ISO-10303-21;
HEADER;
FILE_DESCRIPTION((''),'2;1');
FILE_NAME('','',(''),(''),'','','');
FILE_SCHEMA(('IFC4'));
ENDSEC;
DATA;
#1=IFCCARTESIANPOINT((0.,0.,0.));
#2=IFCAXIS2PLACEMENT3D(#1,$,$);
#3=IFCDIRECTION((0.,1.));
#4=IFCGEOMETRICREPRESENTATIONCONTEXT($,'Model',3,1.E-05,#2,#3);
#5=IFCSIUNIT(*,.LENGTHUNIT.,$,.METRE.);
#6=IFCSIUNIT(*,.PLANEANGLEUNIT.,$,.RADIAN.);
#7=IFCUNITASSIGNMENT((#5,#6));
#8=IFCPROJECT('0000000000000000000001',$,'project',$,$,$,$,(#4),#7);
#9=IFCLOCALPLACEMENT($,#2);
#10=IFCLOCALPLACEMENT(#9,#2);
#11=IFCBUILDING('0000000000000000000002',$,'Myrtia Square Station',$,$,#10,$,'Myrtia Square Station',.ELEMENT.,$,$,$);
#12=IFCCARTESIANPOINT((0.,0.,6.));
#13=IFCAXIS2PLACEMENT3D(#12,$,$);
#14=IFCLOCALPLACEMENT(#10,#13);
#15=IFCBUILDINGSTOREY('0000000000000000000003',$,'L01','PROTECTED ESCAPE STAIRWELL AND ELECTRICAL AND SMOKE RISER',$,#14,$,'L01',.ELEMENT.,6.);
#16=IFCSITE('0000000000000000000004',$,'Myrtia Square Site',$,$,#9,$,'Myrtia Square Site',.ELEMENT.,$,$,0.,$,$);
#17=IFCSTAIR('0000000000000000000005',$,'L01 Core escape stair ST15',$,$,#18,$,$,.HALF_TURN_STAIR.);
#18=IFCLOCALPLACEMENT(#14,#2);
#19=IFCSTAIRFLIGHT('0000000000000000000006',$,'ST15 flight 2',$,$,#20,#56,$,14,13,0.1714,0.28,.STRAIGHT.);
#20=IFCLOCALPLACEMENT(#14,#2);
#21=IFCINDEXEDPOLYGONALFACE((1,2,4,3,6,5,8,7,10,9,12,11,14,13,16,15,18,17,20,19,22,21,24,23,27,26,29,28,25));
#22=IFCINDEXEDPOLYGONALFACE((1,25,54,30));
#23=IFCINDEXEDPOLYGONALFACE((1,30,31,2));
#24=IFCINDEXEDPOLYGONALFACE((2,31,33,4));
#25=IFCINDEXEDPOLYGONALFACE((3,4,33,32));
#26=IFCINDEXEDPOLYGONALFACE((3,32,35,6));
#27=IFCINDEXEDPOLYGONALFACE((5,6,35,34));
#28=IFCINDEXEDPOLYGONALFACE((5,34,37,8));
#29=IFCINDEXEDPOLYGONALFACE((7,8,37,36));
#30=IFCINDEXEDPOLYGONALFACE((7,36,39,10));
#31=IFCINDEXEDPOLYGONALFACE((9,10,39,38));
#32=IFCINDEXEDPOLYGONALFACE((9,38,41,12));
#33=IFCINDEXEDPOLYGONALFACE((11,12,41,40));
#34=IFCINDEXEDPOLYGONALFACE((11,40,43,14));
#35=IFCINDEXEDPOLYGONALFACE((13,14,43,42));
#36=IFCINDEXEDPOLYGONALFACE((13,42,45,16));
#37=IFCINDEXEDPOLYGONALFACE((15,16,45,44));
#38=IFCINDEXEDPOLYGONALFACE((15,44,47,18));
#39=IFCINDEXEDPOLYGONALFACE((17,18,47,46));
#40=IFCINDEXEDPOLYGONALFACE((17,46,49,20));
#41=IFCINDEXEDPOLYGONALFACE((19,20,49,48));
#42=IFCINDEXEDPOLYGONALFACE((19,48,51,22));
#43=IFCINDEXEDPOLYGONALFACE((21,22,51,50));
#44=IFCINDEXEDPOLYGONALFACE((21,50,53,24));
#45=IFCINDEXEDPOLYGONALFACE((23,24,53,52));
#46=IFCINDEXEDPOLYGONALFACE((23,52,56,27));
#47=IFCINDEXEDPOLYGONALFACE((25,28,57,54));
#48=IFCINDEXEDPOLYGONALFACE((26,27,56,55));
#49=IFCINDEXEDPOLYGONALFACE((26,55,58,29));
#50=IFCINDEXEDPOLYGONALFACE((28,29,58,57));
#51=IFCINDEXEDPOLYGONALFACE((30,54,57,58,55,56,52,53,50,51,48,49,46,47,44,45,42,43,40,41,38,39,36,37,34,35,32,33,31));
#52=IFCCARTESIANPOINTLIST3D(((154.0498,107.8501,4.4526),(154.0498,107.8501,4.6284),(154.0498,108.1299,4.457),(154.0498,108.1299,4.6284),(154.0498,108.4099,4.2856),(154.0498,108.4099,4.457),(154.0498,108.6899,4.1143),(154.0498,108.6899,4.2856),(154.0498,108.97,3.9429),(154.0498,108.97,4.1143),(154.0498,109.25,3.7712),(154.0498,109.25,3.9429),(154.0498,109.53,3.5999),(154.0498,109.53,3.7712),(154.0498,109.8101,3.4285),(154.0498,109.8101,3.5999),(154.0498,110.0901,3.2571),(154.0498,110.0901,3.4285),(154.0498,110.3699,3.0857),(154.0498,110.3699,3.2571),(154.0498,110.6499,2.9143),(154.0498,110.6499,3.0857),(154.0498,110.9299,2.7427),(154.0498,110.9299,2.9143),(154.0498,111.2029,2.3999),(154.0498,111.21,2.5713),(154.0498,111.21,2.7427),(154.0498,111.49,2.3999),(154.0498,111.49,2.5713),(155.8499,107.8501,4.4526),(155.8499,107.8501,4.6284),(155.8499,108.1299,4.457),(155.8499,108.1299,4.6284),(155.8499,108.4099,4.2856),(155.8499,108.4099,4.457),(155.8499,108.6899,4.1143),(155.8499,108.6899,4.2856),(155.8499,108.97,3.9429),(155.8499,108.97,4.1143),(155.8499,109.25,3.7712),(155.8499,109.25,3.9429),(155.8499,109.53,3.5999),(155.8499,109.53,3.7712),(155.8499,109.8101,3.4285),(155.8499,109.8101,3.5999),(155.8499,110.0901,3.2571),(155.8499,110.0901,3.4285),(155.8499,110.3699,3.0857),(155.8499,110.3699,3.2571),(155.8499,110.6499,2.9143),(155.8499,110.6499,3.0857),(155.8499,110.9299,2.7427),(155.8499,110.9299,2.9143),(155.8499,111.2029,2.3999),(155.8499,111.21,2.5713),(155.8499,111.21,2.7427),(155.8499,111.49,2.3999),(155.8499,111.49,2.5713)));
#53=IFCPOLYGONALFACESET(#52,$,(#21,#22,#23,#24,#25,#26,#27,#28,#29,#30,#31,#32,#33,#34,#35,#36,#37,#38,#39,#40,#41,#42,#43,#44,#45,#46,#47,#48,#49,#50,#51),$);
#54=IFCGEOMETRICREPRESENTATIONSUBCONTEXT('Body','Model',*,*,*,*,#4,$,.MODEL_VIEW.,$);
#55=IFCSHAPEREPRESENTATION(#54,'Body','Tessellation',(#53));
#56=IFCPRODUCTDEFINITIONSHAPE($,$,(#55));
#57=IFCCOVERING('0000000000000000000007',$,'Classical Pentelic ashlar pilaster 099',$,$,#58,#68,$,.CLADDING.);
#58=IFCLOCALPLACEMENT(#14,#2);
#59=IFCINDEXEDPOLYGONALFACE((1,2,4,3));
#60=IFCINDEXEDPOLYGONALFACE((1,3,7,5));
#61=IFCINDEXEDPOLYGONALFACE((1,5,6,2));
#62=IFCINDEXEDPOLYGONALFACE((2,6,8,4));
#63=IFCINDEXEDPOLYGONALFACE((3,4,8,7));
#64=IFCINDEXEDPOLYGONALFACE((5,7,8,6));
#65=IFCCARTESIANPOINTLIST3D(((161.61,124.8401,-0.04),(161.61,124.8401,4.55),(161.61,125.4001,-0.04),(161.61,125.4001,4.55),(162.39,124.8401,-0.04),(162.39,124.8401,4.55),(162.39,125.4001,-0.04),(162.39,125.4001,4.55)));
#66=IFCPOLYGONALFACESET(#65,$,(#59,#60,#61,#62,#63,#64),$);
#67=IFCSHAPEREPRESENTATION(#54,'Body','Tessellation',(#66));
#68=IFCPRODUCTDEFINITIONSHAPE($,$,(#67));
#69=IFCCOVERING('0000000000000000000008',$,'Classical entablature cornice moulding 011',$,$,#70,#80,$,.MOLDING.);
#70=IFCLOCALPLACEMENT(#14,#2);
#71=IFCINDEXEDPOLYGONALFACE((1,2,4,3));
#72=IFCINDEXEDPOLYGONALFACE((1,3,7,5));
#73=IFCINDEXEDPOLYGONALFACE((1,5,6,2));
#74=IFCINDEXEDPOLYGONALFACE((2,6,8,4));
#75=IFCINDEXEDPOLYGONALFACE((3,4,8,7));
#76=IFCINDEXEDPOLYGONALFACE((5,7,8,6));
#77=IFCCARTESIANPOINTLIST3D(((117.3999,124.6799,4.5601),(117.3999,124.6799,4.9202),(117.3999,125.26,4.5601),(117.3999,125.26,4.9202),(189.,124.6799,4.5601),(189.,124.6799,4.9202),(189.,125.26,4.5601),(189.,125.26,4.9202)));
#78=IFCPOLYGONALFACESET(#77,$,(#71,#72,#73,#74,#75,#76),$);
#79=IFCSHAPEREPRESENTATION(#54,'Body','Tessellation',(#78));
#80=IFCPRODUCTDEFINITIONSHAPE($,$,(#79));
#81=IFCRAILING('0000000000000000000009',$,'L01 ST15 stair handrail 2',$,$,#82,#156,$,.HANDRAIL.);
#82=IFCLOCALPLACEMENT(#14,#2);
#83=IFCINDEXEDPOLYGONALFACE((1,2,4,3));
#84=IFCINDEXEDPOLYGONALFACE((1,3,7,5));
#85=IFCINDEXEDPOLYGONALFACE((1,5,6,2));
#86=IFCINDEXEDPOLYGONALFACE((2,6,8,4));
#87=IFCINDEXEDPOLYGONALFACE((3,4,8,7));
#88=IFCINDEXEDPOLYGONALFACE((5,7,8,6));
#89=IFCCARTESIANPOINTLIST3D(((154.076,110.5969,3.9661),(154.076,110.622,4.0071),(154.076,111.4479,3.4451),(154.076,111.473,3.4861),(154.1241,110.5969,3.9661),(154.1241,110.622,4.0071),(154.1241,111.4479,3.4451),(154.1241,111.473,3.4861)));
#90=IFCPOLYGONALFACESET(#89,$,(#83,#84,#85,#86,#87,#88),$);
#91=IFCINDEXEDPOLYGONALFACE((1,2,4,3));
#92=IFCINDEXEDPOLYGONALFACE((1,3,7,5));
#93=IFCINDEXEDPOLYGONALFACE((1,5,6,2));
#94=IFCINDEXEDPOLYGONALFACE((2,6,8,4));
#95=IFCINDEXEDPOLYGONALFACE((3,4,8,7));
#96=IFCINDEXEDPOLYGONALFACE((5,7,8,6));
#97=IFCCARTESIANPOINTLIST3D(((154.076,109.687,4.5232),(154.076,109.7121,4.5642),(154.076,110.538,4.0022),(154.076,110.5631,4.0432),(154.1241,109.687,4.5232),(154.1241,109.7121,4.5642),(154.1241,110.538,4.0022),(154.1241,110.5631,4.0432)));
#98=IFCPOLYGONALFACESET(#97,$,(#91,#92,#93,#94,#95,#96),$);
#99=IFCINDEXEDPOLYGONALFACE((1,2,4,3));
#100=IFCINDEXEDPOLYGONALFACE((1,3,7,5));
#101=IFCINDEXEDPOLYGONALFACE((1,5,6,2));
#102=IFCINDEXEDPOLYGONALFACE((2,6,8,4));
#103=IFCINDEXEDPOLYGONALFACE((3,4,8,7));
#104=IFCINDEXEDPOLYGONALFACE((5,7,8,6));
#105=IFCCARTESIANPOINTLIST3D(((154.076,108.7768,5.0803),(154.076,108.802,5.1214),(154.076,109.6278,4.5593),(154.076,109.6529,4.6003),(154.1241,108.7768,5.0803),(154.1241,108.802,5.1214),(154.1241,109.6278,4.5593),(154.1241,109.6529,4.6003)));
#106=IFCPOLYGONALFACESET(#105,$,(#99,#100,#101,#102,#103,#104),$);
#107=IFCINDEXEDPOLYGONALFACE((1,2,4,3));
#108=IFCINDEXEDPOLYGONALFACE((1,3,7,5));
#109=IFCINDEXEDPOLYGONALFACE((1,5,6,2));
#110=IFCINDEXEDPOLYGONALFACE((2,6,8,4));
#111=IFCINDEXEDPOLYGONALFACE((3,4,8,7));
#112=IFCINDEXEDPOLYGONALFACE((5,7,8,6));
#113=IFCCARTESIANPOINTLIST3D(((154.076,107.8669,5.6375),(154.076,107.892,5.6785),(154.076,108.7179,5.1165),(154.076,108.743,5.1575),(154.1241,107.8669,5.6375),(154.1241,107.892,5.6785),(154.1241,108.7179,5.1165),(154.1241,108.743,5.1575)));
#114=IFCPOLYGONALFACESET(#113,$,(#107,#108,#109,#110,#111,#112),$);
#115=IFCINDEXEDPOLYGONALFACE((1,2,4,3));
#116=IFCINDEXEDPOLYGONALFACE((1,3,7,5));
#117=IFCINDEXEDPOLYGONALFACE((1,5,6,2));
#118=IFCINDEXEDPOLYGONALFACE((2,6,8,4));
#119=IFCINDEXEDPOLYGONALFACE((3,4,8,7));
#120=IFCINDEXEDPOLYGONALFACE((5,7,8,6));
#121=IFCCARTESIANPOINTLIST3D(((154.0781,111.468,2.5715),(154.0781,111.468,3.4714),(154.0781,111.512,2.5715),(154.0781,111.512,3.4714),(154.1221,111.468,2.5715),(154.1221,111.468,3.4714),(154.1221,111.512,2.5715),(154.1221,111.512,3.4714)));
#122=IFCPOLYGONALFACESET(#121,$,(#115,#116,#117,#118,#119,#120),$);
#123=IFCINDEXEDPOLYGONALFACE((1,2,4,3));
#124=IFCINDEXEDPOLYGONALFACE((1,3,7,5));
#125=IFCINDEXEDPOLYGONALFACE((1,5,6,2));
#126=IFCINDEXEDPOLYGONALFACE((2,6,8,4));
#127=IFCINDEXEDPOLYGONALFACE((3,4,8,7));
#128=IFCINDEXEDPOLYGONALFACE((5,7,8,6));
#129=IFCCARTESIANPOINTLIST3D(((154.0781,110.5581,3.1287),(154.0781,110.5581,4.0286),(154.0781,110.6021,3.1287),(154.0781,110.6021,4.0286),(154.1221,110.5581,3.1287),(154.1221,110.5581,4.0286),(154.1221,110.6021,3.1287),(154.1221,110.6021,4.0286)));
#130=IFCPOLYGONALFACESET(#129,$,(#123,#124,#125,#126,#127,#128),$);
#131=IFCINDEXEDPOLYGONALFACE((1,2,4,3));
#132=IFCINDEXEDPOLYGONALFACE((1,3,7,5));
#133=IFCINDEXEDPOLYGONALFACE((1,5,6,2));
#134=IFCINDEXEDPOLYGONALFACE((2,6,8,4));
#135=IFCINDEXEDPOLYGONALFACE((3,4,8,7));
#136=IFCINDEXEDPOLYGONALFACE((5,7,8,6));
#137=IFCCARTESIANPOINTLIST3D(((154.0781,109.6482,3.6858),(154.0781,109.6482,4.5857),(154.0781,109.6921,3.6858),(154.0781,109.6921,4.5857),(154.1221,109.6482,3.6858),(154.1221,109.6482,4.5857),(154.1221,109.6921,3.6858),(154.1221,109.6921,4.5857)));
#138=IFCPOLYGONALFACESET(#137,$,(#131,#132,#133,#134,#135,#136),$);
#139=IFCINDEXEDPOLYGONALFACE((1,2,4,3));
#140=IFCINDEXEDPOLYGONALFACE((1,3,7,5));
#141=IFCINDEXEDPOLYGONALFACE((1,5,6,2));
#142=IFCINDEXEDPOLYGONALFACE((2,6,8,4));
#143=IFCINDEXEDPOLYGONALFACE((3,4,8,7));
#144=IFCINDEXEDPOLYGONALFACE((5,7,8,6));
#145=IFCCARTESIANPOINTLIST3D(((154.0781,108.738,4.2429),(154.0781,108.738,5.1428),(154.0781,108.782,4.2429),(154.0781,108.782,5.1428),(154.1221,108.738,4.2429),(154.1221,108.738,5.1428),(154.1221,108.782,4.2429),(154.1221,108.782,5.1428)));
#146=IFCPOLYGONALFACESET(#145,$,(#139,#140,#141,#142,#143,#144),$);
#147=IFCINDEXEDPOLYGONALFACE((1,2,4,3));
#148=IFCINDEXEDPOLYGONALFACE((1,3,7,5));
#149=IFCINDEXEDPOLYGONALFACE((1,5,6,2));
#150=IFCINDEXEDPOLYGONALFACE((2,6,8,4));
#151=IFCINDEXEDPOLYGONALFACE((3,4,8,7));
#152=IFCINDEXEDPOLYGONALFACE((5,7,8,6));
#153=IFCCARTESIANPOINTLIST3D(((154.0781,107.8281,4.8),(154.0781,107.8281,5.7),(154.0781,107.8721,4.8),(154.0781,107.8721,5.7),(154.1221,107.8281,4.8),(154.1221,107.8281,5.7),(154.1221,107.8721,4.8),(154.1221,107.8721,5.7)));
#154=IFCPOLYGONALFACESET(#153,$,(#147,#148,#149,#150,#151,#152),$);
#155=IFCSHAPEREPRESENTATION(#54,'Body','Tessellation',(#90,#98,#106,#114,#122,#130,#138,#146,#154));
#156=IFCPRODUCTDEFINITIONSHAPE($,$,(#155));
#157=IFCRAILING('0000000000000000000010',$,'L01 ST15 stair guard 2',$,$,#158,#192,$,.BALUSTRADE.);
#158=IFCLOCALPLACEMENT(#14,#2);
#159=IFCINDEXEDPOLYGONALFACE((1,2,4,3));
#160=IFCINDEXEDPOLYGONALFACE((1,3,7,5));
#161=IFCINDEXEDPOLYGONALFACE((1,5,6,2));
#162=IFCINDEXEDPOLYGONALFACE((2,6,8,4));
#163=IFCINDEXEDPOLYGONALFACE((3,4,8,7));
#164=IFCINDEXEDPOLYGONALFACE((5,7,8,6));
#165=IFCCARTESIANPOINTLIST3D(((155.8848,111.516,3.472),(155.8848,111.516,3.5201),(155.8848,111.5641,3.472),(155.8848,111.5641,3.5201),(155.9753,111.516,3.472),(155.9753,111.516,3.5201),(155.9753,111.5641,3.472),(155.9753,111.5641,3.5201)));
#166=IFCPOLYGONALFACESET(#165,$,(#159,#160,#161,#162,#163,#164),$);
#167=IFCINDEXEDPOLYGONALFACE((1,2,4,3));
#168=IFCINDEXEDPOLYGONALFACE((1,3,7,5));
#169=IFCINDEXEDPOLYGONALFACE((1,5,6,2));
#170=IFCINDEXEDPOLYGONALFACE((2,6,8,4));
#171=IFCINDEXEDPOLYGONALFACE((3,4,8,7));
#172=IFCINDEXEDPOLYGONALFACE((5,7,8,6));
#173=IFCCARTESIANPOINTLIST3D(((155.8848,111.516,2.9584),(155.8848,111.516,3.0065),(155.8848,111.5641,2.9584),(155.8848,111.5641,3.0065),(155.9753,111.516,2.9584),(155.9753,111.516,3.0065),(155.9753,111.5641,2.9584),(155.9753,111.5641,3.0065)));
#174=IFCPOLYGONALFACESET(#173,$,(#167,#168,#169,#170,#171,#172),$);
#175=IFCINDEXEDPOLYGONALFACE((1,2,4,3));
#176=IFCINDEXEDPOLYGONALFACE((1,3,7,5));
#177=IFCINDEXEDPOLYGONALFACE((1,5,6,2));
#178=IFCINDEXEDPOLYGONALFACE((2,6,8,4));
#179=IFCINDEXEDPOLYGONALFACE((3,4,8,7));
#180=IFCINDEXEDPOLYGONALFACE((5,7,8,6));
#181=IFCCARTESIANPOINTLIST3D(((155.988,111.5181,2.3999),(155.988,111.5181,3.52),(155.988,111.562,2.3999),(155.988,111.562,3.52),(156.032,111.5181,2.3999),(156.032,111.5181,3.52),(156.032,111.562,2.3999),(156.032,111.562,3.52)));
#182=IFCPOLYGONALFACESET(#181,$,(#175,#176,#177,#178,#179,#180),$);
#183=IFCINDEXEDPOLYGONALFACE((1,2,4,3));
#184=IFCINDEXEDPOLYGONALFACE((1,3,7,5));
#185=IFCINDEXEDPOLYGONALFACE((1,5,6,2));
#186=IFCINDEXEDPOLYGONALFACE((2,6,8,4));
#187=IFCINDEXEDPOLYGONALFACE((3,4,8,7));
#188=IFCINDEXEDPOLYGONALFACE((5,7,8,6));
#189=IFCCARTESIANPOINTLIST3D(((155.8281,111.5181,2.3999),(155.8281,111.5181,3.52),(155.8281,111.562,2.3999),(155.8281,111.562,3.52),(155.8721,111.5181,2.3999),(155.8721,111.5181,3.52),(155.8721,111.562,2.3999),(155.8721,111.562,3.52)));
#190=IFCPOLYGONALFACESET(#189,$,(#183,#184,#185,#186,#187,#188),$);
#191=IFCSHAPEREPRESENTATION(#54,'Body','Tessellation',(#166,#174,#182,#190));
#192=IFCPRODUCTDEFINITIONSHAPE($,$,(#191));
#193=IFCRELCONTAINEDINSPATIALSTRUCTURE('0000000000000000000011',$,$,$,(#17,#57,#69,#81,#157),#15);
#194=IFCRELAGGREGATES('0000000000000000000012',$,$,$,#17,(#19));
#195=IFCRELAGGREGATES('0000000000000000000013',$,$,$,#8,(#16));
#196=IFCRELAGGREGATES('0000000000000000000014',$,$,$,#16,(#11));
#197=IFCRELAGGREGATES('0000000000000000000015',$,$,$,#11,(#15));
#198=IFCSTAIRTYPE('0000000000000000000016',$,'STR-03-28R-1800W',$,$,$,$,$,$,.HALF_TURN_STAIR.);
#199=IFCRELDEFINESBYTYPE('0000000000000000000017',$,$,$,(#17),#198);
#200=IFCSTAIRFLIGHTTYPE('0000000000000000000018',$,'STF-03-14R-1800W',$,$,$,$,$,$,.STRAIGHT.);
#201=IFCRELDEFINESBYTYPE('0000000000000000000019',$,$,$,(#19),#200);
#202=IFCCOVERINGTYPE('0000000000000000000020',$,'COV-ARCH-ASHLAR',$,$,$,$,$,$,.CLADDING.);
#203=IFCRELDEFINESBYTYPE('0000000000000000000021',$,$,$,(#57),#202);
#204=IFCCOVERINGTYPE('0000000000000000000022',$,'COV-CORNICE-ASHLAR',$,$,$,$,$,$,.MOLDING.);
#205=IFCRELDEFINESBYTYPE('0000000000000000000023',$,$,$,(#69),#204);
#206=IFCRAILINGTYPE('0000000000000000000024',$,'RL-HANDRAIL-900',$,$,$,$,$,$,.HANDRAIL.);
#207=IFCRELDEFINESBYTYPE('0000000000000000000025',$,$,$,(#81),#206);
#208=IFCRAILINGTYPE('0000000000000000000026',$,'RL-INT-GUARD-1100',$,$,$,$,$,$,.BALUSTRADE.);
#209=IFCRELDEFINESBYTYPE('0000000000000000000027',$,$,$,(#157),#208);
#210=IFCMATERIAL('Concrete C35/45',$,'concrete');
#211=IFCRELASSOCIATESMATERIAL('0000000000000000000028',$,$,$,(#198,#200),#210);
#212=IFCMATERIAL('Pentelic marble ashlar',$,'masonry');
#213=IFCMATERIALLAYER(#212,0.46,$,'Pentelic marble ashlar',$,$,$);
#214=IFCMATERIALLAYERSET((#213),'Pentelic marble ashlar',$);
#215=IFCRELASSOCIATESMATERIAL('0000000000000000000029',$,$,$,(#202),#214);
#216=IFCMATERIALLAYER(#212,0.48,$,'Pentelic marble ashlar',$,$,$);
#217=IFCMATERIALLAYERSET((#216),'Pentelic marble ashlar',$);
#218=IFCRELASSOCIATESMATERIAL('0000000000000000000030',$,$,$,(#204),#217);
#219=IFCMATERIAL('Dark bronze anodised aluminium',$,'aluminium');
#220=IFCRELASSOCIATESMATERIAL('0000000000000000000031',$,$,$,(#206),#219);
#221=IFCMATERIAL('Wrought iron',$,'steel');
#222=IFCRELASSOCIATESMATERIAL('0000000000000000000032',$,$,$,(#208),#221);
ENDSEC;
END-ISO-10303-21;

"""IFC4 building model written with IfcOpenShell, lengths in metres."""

from ifc_helpers import new_model, si_unit, direction, frame, origin, origin_2d, place, context, subcontext, project, spatial, polyline, rectangle, outline, extrude, material, layer, layer_set, type_object, element, aggregate, save


model = new_model("IFC4")

# Units and contexts
model_context = context("Model", 3, precision=1e-05, world=origin(), true_north=direction((0.0, 1.0)))
body_context = subcontext(model_context, "Body", "Model", "MODEL_VIEW")
ifc_project = project(units=[si_unit("LENGTHUNIT", "METRE"), si_unit("PLANEANGLEUNIT", "RADIAN")], contexts=[model_context])

# Site, building, storey
site_placement = place(None, origin())
site = spatial("IfcSite", under=ifc_project, at=site_placement, Name="Myrtia Square Site", LongName="Myrtia Square Site", CompositionType="ELEMENT", RefElevation=0.0)
building_placement = place(site_placement, origin())
building = spatial("IfcBuilding", under=site, at=building_placement, Name="Myrtia Square Station", LongName="Myrtia Square Station", CompositionType="ELEMENT")
storey_placement = place(building_placement, frame((0.0, 0.0, 6.0)))
storey = spatial("IfcBuildingStorey", under=building, at=storey_placement, Name="L01", Description="PROTECTED ESCAPE STAIRWELL AND ELECTRICAL AND SMOKE RISER", LongName="L01", CompositionType="ELEMENT", Elevation=6.0)

# Shared definitions
ifc_material_1 = material(Name="Concrete C35/45", Category="concrete")

# Stair, stair flight
stair_type = type_object("IfcStairType", Name="STR-03-28R-1800W", PredefinedType="HALF_TURN_STAIR", material=ifc_material_1)
stair_placement = place(storey_placement, origin())
stair = element("IfcStair", 1, at=stair_placement, inside=storey, type_object=stair_type, Name="L01 Core escape stair ST15", PredefinedType="HALF_TURN_STAIR")
stair_flight_type = type_object("IfcStairFlightType", Name="STF-03-14R-1800W", PredefinedType="STRAIGHT", material=ifc_material_1)
stair_flight_placement = place(storey_placement, frame((154.95, 111.49, 2.3999), z_axis=(0.0, 0.0, 1.0), x_axis=(0.0, -1.0, 0.0)))
stair_flight = element("IfcStairFlight", 2, at=stair_flight_placement, type_object=stair_flight_type, Name="ST15 flight 2", NumberOfRisers=14, NumberOfTreads=13, PredefinedType="STRAIGHT", RiserHeight=0.1714, TreadLength=0.28, context=body_context, shape_type="SweptSolid", body=[
    extrude(outline(polyline([(0.0, 0.0), (0.0, 0.1714), (0.28, 0.1714), (0.28, 0.3428), (0.5601, 0.3428), (0.5601, 0.5144), (0.8401, 0.5144), (0.8401, 0.6858), (1.1201, 0.6858), (1.1201, 0.8572), (1.3999, 0.8572), (1.3999, 1.0286), (1.6799, 1.0286), (1.6799, 1.2), (1.96, 1.2), (1.96, 1.3713), (2.24, 1.3713), (2.24, 1.543), (2.52, 1.543), (2.52, 1.7144), (2.8, 1.7144), (2.8, 1.8857), (3.0801, 1.8857), (3.0801, 2.0571), (3.3601, 2.0571), (3.3601, 2.2285), (3.6399, 2.2285), (3.6399, 2.3999), (3.6399, 2.0527), (0.2871, 0.0), (0.0, 0.0)])), frame((0.0, 0.8999, 0.0), z_axis=(0.0, -1.0, 0.0), x_axis=(1.0, 0.0, 0.0)), (0.0, 0.0, 1.0), 1.8),
])
aggregate(stair, [stair_flight])

# Coverings
ifc_material_2 = material(Name="Pentelic marble ashlar", Category="masonry")
ifc_layer_1 = layer(ifc_material_2, 0.46, Name="Pentelic marble ashlar")
ifc_layer_set_1 = layer_set([ifc_layer_1], Name="Pentelic marble ashlar")
covering_type_1 = type_object("IfcCoveringType", Name="COV-ARCH-ASHLAR", PredefinedType="CLADDING", material=ifc_layer_set_1)
covering_1_placement = place(storey_placement, frame((162.0, 125.1201, -0.04), z_axis=(0.0, 0.0, 1.0), x_axis=(1.0, 0.0, 0.0)))
element("IfcCovering", 3, at=covering_1_placement, inside=storey, type_object=covering_type_1, Name="Classical Pentelic ashlar pilaster 099", PredefinedType="CLADDING", context=body_context, shape_type="SweptSolid", body=[
    extrude(rectangle(XDim=0.78, YDim=0.5601, at=origin_2d()), origin(), (0.0, 0.0, 1.0), 4.5901),
])
ifc_layer_2 = layer(ifc_material_2, 0.48, Name="Pentelic marble ashlar")
ifc_layer_set_2 = layer_set([ifc_layer_2], Name="Pentelic marble ashlar")
covering_type_2 = type_object("IfcCoveringType", Name="COV-CORNICE-ASHLAR", PredefinedType="MOLDING", material=ifc_layer_set_2)
covering_2_placement = place(storey_placement, frame((153.2, 124.97, 4.5601), z_axis=(0.0, 0.0, 1.0), x_axis=(1.0, 0.0, 0.0)))
element("IfcCovering", 4, at=covering_2_placement, inside=storey, type_object=covering_type_2, Name="Classical entablature cornice moulding 011", PredefinedType="MOLDING", context=body_context, shape_type="SweptSolid", body=[
    extrude(rectangle(XDim=71.6001, YDim=0.5801, at=origin_2d()), origin(), (0.0, 0.0, 1.0), 0.3601),
])

# Railings
ifc_material_3 = material(Name="Dark bronze anodised aluminium", Category="aluminium")
railing_type_1 = type_object("IfcRailingType", Name="RL-HANDRAIL-900", PredefinedType="HANDRAIL", material=ifc_material_3)
railing_1_placement = place(storey_placement, frame((154.1001, 111.49, 2.5715)))
element("IfcRailing", 5, at=railing_1_placement, inside=storey, type_object=railing_type_1, Name="L01 ST15 stair handrail 2", PredefinedType="HANDRAIL", context=body_context, shape_type="SweptSolid", body=[
    extrude(rectangle(XDim=0.0481, YDim=0.0481, at=origin_2d()), frame((0.0, -0.0295, 0.894), z_axis=(0.0, -0.85285, 0.522156), x_axis=(1.0, 0.0, 0.0)), (0.0, 0.0, 1.0), 0.9978),
    extrude(rectangle(XDim=0.0481, YDim=0.0481, at=origin_2d()), frame((0.0, -0.9395, 1.4512), z_axis=(0.0, -0.85285, 0.522156), x_axis=(1.0, 0.0, 0.0)), (0.0, 0.0, 1.0), 0.9978),
    extrude(rectangle(XDim=0.0481, YDim=0.0481, at=origin_2d()), frame((0.0, -1.8496, 2.0083), z_axis=(0.0, -0.85285, 0.522156), x_axis=(1.0, 0.0, 0.0)), (0.0, 0.0, 1.0), 0.9978),
    extrude(rectangle(XDim=0.0481, YDim=0.0481, at=origin_2d()), frame((0.0, -2.7595, 2.5654), z_axis=(0.0, -0.85285, 0.522156), x_axis=(1.0, 0.0, 0.0)), (0.0, 0.0, 1.0), 0.9978),
    extrude(rectangle(XDim=0.0439, YDim=0.0439, at=origin_2d()), origin(), (0.0, 0.0, 1.0), 0.8999),
    extrude(rectangle(XDim=0.0439, YDim=0.0439, at=origin_2d()), frame((0.0, -0.9099, 0.5571)), (0.0, 0.0, 1.0), 0.8999),
    extrude(rectangle(XDim=0.0439, YDim=0.0439, at=origin_2d()), frame((0.0, -1.8198, 1.1143)), (0.0, 0.0, 1.0), 0.8999),
    extrude(rectangle(XDim=0.0439, YDim=0.0439, at=origin_2d()), frame((0.0, -2.73, 1.6714)), (0.0, 0.0, 1.0), 0.8999),
    extrude(rectangle(XDim=0.0439, YDim=0.0439, at=origin_2d()), frame((0.0, -3.6399, 2.2285)), (0.0, 0.0, 1.0), 0.8999),
])
ifc_material_4 = material(Name="Wrought iron", Category="steel")
railing_type_2 = type_object("IfcRailingType", Name="RL-INT-GUARD-1100", PredefinedType="BALUSTRADE", material=ifc_material_4)
railing_2_placement = place(storey_placement, frame((156.01, 111.54, 2.3999)))
element("IfcRailing", 6, at=railing_2_placement, inside=storey, type_object=railing_type_2, Name="L01 ST15 stair guard 2", PredefinedType="BALUSTRADE", context=body_context, shape_type="SweptSolid", body=[
    extrude(rectangle(XDim=0.0481, YDim=0.0481, at=origin_2d()), frame((-0.0347, 0.0, 1.0962), z_axis=(-1.0, 0.0, 0.0), x_axis=(0.0, -1.0, 0.0)), (0.0, 0.0, 1.0), 0.0906),
    extrude(rectangle(XDim=0.0481, YDim=0.0481, at=origin_2d()), frame((-0.0347, 0.0, 0.5825), z_axis=(-1.0, 0.0, 0.0), x_axis=(0.0, -1.0, 0.0)), (0.0, 0.0, 1.0), 0.0906),
    extrude(rectangle(XDim=0.0439, YDim=0.0439, at=origin_2d()), origin(), (0.0, 0.0, 1.0), 1.1201),
    extrude(rectangle(XDim=0.0439, YDim=0.0439, at=origin_2d()), frame((-0.1599, 0.0, 0.0)), (0.0, 0.0, 1.0), 1.1201),
])

save(model, "model.ifc")
